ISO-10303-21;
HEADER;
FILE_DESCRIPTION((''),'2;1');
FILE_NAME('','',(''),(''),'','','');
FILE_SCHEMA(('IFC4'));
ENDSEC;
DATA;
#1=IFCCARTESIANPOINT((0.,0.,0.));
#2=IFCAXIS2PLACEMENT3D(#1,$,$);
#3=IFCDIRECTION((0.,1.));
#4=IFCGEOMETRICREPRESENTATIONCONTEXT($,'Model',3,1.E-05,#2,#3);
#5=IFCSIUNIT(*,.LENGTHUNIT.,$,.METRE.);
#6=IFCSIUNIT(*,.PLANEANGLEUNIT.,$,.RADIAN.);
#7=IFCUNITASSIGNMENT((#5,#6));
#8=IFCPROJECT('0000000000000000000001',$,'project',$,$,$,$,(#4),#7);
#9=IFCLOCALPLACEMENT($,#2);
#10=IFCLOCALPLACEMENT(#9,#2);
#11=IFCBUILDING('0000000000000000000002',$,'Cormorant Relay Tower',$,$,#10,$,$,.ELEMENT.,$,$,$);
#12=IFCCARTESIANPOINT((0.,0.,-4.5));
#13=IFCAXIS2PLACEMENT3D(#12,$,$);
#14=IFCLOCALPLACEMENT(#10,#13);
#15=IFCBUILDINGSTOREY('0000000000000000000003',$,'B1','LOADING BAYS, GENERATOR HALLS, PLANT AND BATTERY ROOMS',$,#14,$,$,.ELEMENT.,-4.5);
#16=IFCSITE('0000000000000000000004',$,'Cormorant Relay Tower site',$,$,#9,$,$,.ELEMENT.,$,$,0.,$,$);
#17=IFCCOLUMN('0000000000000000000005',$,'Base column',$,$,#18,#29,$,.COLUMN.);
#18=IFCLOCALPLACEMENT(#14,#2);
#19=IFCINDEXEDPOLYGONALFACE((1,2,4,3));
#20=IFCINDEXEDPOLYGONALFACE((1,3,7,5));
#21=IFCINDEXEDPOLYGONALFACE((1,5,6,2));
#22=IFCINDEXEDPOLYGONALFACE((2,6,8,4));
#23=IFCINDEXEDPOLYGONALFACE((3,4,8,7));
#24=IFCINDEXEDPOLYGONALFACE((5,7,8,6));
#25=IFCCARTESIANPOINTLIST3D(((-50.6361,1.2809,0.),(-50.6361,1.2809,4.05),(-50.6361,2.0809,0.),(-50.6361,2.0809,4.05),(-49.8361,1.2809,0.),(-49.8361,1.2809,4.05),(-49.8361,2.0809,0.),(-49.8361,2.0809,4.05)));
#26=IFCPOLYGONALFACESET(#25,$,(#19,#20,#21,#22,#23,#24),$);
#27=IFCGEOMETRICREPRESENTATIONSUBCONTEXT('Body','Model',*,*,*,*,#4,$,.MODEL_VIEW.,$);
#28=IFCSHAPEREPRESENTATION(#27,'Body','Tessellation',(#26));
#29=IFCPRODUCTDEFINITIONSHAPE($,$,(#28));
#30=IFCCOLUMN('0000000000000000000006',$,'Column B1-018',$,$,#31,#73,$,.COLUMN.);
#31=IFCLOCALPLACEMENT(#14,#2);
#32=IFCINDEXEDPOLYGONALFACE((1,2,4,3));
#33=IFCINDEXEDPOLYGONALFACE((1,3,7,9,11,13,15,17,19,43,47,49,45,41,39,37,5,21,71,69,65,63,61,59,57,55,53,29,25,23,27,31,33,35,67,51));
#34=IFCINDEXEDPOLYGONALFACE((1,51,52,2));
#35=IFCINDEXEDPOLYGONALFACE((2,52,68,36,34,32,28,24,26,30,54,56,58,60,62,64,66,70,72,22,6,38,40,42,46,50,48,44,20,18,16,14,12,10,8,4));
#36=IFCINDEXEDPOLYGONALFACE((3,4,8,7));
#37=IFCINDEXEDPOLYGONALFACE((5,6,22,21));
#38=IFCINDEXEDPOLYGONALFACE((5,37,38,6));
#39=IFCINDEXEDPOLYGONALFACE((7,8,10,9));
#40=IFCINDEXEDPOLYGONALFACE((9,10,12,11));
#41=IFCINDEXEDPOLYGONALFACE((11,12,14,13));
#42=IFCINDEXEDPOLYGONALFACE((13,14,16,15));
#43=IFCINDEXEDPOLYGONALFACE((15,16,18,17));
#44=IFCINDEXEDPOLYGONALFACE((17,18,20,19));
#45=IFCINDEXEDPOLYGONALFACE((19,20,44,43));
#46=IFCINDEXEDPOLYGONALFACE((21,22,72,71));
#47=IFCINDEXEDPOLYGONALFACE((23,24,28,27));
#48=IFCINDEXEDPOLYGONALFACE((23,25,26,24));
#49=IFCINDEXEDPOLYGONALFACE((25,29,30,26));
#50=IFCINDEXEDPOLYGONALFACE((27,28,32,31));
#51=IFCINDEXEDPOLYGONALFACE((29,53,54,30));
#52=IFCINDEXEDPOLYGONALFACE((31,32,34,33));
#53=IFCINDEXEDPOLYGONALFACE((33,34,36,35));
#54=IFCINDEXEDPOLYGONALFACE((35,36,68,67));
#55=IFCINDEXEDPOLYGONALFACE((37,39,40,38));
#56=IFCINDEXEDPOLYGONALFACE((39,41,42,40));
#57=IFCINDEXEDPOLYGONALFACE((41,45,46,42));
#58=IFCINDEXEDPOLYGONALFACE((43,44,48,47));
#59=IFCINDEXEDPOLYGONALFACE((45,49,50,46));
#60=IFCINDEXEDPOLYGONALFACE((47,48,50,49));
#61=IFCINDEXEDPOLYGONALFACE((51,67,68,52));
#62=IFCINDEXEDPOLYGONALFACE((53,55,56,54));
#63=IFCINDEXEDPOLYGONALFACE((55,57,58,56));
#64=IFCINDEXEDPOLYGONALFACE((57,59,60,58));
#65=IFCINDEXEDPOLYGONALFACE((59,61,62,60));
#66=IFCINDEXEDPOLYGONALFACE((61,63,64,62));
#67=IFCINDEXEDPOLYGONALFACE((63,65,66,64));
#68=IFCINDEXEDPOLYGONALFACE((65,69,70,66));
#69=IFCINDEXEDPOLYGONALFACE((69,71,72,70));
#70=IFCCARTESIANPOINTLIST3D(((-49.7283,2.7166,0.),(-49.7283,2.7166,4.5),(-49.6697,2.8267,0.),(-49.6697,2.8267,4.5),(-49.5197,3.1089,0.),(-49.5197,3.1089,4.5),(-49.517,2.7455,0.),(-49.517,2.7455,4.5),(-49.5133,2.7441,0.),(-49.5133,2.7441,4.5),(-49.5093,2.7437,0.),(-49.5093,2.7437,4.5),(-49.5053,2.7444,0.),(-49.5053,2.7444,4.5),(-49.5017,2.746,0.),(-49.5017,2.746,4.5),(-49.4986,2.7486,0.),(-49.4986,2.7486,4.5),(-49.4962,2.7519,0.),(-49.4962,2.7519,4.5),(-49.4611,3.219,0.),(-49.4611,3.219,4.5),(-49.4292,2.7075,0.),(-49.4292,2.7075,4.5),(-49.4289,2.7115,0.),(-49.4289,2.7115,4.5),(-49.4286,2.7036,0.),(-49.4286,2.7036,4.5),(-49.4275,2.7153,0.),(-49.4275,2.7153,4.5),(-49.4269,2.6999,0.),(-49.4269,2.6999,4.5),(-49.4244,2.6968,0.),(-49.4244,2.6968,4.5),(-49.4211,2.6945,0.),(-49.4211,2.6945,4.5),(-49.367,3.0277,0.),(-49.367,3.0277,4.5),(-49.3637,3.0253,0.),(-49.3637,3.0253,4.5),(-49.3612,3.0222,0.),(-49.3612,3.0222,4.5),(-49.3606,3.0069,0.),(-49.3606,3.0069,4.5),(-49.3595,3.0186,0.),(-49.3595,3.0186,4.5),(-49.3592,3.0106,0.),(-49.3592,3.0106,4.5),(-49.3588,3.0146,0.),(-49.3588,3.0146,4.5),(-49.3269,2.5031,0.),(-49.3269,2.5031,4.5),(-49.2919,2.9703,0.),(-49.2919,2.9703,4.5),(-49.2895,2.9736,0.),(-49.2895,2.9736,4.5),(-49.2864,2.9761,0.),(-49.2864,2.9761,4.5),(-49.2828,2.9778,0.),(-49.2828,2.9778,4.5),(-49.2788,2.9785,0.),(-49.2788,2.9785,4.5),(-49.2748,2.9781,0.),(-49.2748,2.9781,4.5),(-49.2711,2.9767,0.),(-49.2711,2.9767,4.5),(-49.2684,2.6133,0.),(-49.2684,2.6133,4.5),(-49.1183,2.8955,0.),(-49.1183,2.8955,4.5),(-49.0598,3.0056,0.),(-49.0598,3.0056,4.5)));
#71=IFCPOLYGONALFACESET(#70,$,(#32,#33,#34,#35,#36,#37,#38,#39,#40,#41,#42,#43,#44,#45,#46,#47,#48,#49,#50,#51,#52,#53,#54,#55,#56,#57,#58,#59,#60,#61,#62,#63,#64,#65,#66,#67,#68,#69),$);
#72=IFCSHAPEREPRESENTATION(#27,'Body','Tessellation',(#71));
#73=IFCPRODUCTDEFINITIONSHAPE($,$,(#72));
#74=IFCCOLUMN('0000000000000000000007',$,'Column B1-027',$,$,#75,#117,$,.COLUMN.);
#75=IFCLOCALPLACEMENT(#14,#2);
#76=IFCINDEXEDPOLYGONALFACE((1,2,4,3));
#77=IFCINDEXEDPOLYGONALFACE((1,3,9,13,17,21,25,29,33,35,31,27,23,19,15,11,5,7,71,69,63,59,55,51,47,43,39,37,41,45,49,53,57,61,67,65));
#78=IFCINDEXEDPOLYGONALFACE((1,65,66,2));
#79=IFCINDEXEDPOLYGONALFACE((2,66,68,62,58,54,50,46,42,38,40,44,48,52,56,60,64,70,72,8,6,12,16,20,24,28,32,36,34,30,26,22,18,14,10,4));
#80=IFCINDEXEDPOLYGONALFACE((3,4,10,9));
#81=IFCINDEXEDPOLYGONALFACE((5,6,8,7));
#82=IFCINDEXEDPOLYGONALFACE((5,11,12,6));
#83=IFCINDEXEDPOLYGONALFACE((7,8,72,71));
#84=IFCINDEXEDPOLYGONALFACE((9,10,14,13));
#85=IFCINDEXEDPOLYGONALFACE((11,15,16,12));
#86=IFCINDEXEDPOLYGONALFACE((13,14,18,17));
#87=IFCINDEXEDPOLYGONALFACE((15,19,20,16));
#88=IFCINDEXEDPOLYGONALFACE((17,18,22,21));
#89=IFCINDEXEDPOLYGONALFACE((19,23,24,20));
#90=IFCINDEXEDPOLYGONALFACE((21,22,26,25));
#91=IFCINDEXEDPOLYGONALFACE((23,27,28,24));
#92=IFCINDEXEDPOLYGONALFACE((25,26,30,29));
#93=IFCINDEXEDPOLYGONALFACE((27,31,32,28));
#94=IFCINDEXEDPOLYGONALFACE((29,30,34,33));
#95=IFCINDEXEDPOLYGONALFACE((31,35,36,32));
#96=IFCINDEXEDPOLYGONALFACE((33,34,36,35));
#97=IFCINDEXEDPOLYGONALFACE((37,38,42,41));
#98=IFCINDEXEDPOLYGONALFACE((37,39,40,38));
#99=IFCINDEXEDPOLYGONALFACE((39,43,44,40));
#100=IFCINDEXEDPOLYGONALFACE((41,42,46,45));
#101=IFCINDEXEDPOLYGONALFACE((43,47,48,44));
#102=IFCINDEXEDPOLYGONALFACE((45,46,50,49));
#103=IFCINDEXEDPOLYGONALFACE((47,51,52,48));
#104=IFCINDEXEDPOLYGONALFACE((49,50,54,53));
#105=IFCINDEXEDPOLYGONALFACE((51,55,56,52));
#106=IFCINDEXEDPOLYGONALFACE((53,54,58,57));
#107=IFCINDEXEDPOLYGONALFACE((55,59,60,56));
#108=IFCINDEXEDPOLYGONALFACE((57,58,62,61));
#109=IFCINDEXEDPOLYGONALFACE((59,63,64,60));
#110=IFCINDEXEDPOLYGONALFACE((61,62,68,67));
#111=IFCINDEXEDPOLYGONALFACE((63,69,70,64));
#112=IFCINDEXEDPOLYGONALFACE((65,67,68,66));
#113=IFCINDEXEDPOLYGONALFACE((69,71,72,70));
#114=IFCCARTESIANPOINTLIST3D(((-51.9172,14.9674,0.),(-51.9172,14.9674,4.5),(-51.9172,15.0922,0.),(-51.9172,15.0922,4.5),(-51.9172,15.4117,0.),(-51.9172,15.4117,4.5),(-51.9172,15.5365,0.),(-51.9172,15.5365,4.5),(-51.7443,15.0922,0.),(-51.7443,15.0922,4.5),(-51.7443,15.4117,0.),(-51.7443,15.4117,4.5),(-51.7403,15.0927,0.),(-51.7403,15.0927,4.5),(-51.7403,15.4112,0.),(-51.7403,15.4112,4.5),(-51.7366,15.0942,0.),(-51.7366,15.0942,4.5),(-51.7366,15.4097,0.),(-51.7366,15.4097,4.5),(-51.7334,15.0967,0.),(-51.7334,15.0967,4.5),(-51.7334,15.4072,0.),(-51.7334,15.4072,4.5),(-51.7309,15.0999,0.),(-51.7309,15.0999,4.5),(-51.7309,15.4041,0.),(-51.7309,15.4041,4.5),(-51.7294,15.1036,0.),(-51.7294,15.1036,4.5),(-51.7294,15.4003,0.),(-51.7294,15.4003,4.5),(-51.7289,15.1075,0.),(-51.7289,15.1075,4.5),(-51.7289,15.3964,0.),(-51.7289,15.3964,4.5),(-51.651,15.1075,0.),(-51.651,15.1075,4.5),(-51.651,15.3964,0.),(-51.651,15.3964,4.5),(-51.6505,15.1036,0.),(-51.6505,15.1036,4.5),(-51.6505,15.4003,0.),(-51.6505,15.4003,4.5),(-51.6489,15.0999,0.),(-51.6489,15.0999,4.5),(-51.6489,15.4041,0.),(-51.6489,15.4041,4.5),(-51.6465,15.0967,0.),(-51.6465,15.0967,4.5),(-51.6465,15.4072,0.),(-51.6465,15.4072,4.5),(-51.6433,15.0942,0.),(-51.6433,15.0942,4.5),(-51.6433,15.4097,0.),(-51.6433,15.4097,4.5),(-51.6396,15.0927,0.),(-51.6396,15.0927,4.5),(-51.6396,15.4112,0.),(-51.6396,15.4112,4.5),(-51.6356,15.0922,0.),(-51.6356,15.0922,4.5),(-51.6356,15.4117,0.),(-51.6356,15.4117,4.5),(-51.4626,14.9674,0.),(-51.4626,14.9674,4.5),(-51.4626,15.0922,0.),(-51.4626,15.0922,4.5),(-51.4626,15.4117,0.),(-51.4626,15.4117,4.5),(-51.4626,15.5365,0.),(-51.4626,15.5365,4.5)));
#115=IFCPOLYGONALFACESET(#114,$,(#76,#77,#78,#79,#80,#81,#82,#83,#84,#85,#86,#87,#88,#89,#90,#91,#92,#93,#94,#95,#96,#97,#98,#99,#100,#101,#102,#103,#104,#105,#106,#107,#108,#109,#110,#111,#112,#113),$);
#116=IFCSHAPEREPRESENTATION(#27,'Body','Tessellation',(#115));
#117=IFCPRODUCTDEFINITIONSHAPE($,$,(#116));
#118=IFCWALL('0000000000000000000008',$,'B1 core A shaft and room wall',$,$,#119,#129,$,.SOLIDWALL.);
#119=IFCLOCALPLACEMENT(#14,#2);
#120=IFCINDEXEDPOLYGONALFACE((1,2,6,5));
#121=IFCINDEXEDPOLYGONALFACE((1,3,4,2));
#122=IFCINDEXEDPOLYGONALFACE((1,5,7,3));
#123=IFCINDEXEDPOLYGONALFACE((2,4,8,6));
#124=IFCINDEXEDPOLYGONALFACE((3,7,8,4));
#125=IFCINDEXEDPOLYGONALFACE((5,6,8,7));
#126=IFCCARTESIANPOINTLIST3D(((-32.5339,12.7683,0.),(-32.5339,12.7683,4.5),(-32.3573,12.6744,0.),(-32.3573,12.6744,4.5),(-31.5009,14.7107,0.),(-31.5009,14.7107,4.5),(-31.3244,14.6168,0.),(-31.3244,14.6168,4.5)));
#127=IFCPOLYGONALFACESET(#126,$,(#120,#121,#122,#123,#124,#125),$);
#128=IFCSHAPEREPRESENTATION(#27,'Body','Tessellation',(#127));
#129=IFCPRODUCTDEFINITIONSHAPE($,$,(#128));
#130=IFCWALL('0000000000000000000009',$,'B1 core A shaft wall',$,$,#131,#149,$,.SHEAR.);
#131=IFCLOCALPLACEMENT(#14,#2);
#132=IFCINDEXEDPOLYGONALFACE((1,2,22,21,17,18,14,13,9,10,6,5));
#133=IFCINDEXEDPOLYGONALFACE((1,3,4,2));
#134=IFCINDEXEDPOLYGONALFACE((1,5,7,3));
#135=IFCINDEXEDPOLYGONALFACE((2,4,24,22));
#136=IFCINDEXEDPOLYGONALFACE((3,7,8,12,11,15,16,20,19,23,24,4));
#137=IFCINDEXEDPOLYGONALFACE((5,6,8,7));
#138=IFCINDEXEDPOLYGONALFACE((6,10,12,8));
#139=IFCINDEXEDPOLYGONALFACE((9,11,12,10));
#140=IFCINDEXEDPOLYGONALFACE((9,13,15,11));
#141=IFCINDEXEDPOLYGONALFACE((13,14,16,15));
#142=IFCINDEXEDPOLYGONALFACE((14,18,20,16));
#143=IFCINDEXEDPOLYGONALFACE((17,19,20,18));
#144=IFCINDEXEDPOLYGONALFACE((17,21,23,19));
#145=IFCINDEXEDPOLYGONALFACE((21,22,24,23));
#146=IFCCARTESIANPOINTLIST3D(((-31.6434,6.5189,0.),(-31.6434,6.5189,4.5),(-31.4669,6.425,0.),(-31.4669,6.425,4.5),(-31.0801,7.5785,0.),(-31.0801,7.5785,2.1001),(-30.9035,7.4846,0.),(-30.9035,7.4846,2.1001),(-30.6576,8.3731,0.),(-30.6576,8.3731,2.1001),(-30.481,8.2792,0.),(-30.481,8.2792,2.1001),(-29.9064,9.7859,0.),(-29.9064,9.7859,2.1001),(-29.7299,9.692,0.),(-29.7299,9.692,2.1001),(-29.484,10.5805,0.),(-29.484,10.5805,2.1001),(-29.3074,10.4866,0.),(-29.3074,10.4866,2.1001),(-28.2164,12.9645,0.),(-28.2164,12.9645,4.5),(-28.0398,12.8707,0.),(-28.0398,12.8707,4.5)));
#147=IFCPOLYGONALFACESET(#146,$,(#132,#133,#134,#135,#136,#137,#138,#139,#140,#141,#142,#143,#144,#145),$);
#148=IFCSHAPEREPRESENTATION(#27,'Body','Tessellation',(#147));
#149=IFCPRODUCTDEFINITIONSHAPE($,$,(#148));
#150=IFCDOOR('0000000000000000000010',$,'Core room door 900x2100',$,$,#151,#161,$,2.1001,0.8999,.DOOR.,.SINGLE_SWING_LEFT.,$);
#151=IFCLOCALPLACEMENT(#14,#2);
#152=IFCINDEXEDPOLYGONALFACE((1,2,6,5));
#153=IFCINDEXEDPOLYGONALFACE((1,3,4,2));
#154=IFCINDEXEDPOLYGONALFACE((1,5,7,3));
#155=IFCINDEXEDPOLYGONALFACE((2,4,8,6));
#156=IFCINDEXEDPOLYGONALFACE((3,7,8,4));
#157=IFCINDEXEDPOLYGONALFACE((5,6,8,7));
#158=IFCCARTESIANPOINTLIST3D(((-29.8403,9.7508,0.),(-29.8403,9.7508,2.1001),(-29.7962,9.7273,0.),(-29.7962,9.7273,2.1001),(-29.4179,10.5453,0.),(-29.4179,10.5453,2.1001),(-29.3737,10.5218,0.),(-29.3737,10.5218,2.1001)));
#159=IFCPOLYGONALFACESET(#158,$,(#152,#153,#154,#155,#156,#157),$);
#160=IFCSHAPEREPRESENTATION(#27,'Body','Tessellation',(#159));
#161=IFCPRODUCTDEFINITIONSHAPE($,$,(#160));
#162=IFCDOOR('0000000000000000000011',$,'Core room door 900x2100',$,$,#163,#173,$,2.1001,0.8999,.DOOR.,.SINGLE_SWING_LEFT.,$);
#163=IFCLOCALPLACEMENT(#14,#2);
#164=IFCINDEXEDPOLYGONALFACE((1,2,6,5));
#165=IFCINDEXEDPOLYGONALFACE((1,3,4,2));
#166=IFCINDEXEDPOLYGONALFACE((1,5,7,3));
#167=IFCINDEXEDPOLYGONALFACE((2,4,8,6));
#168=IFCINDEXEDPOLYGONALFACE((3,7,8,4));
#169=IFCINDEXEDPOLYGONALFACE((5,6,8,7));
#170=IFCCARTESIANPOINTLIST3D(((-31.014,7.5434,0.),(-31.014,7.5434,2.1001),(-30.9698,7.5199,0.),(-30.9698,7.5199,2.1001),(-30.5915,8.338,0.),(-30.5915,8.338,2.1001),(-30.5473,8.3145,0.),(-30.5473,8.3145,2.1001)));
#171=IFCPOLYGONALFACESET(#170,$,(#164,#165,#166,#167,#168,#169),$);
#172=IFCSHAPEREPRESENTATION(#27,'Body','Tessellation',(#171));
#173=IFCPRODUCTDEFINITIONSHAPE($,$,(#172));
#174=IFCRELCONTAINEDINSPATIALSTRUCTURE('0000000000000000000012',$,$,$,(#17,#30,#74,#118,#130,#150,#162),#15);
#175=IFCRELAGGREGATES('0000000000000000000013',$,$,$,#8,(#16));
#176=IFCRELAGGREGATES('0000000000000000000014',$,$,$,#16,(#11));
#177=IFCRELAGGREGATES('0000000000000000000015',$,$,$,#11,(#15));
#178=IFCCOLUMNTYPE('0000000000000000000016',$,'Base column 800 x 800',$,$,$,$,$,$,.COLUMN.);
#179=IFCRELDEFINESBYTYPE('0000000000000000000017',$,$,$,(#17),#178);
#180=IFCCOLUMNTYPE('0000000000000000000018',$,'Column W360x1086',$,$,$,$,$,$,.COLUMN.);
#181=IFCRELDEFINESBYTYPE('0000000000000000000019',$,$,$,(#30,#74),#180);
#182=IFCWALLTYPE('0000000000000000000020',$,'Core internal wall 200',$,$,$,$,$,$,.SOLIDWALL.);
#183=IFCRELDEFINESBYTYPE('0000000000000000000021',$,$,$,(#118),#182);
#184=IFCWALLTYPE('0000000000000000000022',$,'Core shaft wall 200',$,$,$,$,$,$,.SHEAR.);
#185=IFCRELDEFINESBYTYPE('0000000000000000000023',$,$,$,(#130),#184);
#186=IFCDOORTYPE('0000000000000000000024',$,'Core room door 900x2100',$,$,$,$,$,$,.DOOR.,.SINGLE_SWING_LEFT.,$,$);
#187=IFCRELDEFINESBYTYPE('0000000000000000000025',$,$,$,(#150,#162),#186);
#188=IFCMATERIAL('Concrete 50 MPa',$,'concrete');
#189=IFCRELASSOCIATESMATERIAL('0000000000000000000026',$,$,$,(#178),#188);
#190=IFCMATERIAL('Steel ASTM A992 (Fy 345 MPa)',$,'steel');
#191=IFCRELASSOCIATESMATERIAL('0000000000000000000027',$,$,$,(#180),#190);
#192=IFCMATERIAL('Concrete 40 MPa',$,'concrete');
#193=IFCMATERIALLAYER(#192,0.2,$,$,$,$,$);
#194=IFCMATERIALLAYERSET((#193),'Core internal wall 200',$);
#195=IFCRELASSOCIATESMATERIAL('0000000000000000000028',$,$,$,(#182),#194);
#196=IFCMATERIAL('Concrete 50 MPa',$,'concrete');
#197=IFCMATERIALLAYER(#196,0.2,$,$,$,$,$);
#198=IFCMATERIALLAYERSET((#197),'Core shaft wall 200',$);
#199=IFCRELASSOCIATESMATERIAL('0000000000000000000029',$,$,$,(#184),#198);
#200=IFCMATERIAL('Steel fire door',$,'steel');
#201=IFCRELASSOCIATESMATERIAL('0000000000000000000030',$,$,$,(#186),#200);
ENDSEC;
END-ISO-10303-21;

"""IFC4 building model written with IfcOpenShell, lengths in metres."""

from ifc_helpers import new_model, si_unit, direction, frame, frame_2d, origin, origin_2d, place, context, subcontext, project, spatial, rectangle, i_section, extrude, material, layer, layer_set, material_profile, profile_set, type_object, element, fill, save


model = new_model("IFC4")

# Units and contexts
model_context = context("Model", 3, precision=1e-05, world=origin(), true_north=direction((0.0, 1.0)))
body_context = subcontext(model_context, "Body", "Model", "MODEL_VIEW")
ifc_project = project(units=[si_unit("LENGTHUNIT", "METRE"), si_unit("PLANEANGLEUNIT", "RADIAN")], contexts=[model_context])

# Site, building, storey
site_placement = place(None, origin())
site = spatial("IfcSite", under=ifc_project, at=site_placement, Name="Cormorant Relay Tower site", CompositionType="ELEMENT", RefElevation=0.0)
building_placement = place(site_placement, origin())
building = spatial("IfcBuilding", under=site, at=building_placement, Name="Cormorant Relay Tower", CompositionType="ELEMENT")
storey_placement = place(building_placement, frame((0.0, 0.0, -4.5)))
storey = spatial("IfcBuildingStorey", under=building, at=storey_placement, Name="B1", Description="LOADING BAYS, GENERATOR HALLS, PLANT AND BATTERY ROOMS", CompositionType="ELEMENT", Elevation=-4.5)

# Columns
ifc_material_1 = material(Name="Concrete 50 MPa", Category="concrete")
ifc_material_profile_1 = material_profile(ifc_material_1, rectangle(XDim=0.8, YDim=0.8, at=origin_2d()), Name="RC 800x800")
ifc_profile_set_1 = profile_set([ifc_material_profile_1], Name="Concrete 50 MPa")
column_type_1 = type_object("IfcColumnType", Name="Base column 800 x 800", PredefinedType="COLUMN", material=ifc_profile_set_1)
column_placement = place(storey_placement, frame((-50.2361, 1.6809, 0.0), z_axis=(0.0, 0.0, 1.0), x_axis=(1.0, 0.0, 0.0)))
element("IfcColumn", 1, at=column_placement, inside=storey, type_object=column_type_1, Name="Base column", PredefinedType="COLUMN", context=body_context, shape_type="SweptSolid", body=[
    extrude(rectangle(XDim=0.8, YDim=0.8, at=origin_2d()), origin(), (0.0, 0.0, 1.0), 4.05),
])
ifc_material_2 = material(Name="Steel ASTM A992 (Fy 345 MPa)", Category="steel")
ifc_material_profile_2 = material_profile(ifc_material_2, i_section(OverallWidth=0.4546, OverallDepth=0.5691, WebThickness=0.0779, FlangeThickness=0.1248, FilletRadius=0.0154, at=origin_2d()), Name="W360x1086")
ifc_profile_set_2 = profile_set([ifc_material_profile_2], Name="Steel ASTM A992 (Fy 345 MPa)")
column_type_2 = type_object("IfcColumnType", Name="Column W360x1086", PredefinedType="COLUMN", material=ifc_profile_set_2)
for number, where, z_axis, x_axis, name in (
    (2, (-49.394, 2.8611, 0.0), (0.0, 0.0, 1.0), (0.882948, -0.469472, 0.0), "Column B1-018"),
    (3, (-51.6899, 15.252, 0.0), (0.0, 0.0, 1.0), (1.0, 0.0, 0.0), "Column B1-027"),
):
    element("IfcColumn", number, at=place(storey_placement, frame(where, z_axis=z_axis, x_axis=x_axis)), inside=storey, type_object=column_type_2, Name=name, PredefinedType="COLUMN", context=body_context, shape_type="SweptSolid", body=[
        extrude(i_section(OverallWidth=0.4546, OverallDepth=0.5691, WebThickness=0.0779, FlangeThickness=0.1248, FilletRadius=0.0154, at=origin_2d()), origin(), (0.0, 0.0, 1.0), 4.5),
    ])

# Wall
ifc_material_3 = material(Name="Concrete 40 MPa", Category="concrete")
ifc_layer_1 = layer(ifc_material_3, 0.2)
ifc_layer_set_1 = layer_set([ifc_layer_1], Name="Core internal wall 200")
wall_type_1 = type_object("IfcWallType", Name="Core internal wall 200", PredefinedType="SOLIDWALL", material=ifc_layer_set_1)
wall_1_placement = place(storey_placement, frame((-31.4126, 14.6638, 0.0), z_axis=(0.0, 0.0, 1.0), x_axis=(-0.469534, -0.882914, 0.0)))
element("IfcWall", 4, at=wall_1_placement, inside=storey, type_object=wall_type_1, Name="B1 core A shaft and room wall", PredefinedType="SOLIDWALL", context=body_context, shape_type="SweptSolid", body=[
    extrude(rectangle(XDim=2.2, YDim=0.2, at=frame_2d((1.1001, 0.0))), origin(), (0.0, 0.0, 1.0), 4.5),
])

# Wall, openings, doors
ifc_material_4 = material(Name="Concrete 50 MPa", Category="concrete")
ifc_layer_2 = layer(ifc_material_4, 0.2)
ifc_layer_set_2 = layer_set([ifc_layer_2], Name="Core shaft wall 200")
wall_type_2 = type_object("IfcWallType", Name="Core shaft wall 200", PredefinedType="SHEAR", material=ifc_layer_set_2)
wall_2_placement = place(storey_placement, frame((-28.1282, 12.9175, 0.0), z_axis=(0.0, 0.0, 1.0), x_axis=(-0.469454, -0.882957, 0.0)))
wall_2 = element("IfcWall", 5, at=wall_2_placement, inside=storey, type_object=wall_type_2, Name="B1 core A shaft wall", PredefinedType="SHEAR", context=body_context, shape_type="SweptSolid", body=[
    extrude(rectangle(XDim=7.3, YDim=0.2, at=frame_2d((3.6499, 0.0))), origin(), (0.0, 0.0, 1.0), 4.5),
])
opening_1_placement = place(wall_2_placement, frame((2.7, 0.0, 0.0)))
opening_1 = element("IfcOpeningElement", 6, at=opening_1_placement, cuts=wall_2, PredefinedType="OPENING", context=body_context, shape_type="SweptSolid", body=[
    extrude(rectangle(XDim=0.8999, YDim=2.1001, at=frame_2d((0.45, 1.05))), frame((0.0, 0.1099, 0.0), z_axis=(0.0, -1.0, 0.0), x_axis=(1.0, 0.0, 0.0)), (0.0, 0.0, 1.0), 0.22),
])
opening_2_placement = place(wall_2_placement, frame((5.2, 0.0, 0.0)))
opening_2 = element("IfcOpeningElement", 7, at=opening_2_placement, cuts=wall_2, PredefinedType="OPENING", context=body_context, shape_type="SweptSolid", body=[
    extrude(rectangle(XDim=0.8999, YDim=2.1001, at=frame_2d((0.45, 1.05))), frame((0.0, 0.1099, 0.0), z_axis=(0.0, -1.0, 0.0), x_axis=(1.0, 0.0, 0.0)), (0.0, 0.0, 1.0), 0.22),
])
ifc_material_5 = material(Name="Steel fire door", Category="steel")
door_type_1 = type_object("IfcDoorType", Name="Core room door 900x2100", OperationType="SINGLE_SWING_LEFT", PredefinedType="DOOR", material=ifc_material_5)
door_1_placement = place(opening_1_placement, origin())
door_1 = element("IfcDoor", 8, at=door_1_placement, inside=storey, type_object=door_type_1, Name="Core room door 900x2100", OperationType="SINGLE_SWING_LEFT", OverallHeight=2.1001, OverallWidth=0.8999, PredefinedType="DOOR", context=body_context, shape_type="SweptSolid", body=[
    extrude(rectangle(XDim=0.8999, YDim=2.1001, at=frame_2d((0.45, 1.05))), frame((0.0, 0.0249, 0.0), z_axis=(0.0, -1.0, 0.0), x_axis=(1.0, 0.0, 0.0)), (0.0, 0.0, 1.0), 0.05),
])
fill(opening_1, door_1)
door_2_placement = place(opening_2_placement, origin())
door_2 = element("IfcDoor", 9, at=door_2_placement, inside=storey, type_object=door_type_1, Name="Core room door 900x2100", OperationType="SINGLE_SWING_LEFT", OverallHeight=2.1001, OverallWidth=0.8999, PredefinedType="DOOR", context=body_context, shape_type="SweptSolid", body=[
    extrude(rectangle(XDim=0.8999, YDim=2.1001, at=frame_2d((0.45, 1.05))), frame((0.0, 0.0249, 0.0), z_axis=(0.0, -1.0, 0.0), x_axis=(1.0, 0.0, 0.0)), (0.0, 0.0, 1.0), 0.05),
])
fill(opening_2, door_2)

save(model, "model.ifc")
